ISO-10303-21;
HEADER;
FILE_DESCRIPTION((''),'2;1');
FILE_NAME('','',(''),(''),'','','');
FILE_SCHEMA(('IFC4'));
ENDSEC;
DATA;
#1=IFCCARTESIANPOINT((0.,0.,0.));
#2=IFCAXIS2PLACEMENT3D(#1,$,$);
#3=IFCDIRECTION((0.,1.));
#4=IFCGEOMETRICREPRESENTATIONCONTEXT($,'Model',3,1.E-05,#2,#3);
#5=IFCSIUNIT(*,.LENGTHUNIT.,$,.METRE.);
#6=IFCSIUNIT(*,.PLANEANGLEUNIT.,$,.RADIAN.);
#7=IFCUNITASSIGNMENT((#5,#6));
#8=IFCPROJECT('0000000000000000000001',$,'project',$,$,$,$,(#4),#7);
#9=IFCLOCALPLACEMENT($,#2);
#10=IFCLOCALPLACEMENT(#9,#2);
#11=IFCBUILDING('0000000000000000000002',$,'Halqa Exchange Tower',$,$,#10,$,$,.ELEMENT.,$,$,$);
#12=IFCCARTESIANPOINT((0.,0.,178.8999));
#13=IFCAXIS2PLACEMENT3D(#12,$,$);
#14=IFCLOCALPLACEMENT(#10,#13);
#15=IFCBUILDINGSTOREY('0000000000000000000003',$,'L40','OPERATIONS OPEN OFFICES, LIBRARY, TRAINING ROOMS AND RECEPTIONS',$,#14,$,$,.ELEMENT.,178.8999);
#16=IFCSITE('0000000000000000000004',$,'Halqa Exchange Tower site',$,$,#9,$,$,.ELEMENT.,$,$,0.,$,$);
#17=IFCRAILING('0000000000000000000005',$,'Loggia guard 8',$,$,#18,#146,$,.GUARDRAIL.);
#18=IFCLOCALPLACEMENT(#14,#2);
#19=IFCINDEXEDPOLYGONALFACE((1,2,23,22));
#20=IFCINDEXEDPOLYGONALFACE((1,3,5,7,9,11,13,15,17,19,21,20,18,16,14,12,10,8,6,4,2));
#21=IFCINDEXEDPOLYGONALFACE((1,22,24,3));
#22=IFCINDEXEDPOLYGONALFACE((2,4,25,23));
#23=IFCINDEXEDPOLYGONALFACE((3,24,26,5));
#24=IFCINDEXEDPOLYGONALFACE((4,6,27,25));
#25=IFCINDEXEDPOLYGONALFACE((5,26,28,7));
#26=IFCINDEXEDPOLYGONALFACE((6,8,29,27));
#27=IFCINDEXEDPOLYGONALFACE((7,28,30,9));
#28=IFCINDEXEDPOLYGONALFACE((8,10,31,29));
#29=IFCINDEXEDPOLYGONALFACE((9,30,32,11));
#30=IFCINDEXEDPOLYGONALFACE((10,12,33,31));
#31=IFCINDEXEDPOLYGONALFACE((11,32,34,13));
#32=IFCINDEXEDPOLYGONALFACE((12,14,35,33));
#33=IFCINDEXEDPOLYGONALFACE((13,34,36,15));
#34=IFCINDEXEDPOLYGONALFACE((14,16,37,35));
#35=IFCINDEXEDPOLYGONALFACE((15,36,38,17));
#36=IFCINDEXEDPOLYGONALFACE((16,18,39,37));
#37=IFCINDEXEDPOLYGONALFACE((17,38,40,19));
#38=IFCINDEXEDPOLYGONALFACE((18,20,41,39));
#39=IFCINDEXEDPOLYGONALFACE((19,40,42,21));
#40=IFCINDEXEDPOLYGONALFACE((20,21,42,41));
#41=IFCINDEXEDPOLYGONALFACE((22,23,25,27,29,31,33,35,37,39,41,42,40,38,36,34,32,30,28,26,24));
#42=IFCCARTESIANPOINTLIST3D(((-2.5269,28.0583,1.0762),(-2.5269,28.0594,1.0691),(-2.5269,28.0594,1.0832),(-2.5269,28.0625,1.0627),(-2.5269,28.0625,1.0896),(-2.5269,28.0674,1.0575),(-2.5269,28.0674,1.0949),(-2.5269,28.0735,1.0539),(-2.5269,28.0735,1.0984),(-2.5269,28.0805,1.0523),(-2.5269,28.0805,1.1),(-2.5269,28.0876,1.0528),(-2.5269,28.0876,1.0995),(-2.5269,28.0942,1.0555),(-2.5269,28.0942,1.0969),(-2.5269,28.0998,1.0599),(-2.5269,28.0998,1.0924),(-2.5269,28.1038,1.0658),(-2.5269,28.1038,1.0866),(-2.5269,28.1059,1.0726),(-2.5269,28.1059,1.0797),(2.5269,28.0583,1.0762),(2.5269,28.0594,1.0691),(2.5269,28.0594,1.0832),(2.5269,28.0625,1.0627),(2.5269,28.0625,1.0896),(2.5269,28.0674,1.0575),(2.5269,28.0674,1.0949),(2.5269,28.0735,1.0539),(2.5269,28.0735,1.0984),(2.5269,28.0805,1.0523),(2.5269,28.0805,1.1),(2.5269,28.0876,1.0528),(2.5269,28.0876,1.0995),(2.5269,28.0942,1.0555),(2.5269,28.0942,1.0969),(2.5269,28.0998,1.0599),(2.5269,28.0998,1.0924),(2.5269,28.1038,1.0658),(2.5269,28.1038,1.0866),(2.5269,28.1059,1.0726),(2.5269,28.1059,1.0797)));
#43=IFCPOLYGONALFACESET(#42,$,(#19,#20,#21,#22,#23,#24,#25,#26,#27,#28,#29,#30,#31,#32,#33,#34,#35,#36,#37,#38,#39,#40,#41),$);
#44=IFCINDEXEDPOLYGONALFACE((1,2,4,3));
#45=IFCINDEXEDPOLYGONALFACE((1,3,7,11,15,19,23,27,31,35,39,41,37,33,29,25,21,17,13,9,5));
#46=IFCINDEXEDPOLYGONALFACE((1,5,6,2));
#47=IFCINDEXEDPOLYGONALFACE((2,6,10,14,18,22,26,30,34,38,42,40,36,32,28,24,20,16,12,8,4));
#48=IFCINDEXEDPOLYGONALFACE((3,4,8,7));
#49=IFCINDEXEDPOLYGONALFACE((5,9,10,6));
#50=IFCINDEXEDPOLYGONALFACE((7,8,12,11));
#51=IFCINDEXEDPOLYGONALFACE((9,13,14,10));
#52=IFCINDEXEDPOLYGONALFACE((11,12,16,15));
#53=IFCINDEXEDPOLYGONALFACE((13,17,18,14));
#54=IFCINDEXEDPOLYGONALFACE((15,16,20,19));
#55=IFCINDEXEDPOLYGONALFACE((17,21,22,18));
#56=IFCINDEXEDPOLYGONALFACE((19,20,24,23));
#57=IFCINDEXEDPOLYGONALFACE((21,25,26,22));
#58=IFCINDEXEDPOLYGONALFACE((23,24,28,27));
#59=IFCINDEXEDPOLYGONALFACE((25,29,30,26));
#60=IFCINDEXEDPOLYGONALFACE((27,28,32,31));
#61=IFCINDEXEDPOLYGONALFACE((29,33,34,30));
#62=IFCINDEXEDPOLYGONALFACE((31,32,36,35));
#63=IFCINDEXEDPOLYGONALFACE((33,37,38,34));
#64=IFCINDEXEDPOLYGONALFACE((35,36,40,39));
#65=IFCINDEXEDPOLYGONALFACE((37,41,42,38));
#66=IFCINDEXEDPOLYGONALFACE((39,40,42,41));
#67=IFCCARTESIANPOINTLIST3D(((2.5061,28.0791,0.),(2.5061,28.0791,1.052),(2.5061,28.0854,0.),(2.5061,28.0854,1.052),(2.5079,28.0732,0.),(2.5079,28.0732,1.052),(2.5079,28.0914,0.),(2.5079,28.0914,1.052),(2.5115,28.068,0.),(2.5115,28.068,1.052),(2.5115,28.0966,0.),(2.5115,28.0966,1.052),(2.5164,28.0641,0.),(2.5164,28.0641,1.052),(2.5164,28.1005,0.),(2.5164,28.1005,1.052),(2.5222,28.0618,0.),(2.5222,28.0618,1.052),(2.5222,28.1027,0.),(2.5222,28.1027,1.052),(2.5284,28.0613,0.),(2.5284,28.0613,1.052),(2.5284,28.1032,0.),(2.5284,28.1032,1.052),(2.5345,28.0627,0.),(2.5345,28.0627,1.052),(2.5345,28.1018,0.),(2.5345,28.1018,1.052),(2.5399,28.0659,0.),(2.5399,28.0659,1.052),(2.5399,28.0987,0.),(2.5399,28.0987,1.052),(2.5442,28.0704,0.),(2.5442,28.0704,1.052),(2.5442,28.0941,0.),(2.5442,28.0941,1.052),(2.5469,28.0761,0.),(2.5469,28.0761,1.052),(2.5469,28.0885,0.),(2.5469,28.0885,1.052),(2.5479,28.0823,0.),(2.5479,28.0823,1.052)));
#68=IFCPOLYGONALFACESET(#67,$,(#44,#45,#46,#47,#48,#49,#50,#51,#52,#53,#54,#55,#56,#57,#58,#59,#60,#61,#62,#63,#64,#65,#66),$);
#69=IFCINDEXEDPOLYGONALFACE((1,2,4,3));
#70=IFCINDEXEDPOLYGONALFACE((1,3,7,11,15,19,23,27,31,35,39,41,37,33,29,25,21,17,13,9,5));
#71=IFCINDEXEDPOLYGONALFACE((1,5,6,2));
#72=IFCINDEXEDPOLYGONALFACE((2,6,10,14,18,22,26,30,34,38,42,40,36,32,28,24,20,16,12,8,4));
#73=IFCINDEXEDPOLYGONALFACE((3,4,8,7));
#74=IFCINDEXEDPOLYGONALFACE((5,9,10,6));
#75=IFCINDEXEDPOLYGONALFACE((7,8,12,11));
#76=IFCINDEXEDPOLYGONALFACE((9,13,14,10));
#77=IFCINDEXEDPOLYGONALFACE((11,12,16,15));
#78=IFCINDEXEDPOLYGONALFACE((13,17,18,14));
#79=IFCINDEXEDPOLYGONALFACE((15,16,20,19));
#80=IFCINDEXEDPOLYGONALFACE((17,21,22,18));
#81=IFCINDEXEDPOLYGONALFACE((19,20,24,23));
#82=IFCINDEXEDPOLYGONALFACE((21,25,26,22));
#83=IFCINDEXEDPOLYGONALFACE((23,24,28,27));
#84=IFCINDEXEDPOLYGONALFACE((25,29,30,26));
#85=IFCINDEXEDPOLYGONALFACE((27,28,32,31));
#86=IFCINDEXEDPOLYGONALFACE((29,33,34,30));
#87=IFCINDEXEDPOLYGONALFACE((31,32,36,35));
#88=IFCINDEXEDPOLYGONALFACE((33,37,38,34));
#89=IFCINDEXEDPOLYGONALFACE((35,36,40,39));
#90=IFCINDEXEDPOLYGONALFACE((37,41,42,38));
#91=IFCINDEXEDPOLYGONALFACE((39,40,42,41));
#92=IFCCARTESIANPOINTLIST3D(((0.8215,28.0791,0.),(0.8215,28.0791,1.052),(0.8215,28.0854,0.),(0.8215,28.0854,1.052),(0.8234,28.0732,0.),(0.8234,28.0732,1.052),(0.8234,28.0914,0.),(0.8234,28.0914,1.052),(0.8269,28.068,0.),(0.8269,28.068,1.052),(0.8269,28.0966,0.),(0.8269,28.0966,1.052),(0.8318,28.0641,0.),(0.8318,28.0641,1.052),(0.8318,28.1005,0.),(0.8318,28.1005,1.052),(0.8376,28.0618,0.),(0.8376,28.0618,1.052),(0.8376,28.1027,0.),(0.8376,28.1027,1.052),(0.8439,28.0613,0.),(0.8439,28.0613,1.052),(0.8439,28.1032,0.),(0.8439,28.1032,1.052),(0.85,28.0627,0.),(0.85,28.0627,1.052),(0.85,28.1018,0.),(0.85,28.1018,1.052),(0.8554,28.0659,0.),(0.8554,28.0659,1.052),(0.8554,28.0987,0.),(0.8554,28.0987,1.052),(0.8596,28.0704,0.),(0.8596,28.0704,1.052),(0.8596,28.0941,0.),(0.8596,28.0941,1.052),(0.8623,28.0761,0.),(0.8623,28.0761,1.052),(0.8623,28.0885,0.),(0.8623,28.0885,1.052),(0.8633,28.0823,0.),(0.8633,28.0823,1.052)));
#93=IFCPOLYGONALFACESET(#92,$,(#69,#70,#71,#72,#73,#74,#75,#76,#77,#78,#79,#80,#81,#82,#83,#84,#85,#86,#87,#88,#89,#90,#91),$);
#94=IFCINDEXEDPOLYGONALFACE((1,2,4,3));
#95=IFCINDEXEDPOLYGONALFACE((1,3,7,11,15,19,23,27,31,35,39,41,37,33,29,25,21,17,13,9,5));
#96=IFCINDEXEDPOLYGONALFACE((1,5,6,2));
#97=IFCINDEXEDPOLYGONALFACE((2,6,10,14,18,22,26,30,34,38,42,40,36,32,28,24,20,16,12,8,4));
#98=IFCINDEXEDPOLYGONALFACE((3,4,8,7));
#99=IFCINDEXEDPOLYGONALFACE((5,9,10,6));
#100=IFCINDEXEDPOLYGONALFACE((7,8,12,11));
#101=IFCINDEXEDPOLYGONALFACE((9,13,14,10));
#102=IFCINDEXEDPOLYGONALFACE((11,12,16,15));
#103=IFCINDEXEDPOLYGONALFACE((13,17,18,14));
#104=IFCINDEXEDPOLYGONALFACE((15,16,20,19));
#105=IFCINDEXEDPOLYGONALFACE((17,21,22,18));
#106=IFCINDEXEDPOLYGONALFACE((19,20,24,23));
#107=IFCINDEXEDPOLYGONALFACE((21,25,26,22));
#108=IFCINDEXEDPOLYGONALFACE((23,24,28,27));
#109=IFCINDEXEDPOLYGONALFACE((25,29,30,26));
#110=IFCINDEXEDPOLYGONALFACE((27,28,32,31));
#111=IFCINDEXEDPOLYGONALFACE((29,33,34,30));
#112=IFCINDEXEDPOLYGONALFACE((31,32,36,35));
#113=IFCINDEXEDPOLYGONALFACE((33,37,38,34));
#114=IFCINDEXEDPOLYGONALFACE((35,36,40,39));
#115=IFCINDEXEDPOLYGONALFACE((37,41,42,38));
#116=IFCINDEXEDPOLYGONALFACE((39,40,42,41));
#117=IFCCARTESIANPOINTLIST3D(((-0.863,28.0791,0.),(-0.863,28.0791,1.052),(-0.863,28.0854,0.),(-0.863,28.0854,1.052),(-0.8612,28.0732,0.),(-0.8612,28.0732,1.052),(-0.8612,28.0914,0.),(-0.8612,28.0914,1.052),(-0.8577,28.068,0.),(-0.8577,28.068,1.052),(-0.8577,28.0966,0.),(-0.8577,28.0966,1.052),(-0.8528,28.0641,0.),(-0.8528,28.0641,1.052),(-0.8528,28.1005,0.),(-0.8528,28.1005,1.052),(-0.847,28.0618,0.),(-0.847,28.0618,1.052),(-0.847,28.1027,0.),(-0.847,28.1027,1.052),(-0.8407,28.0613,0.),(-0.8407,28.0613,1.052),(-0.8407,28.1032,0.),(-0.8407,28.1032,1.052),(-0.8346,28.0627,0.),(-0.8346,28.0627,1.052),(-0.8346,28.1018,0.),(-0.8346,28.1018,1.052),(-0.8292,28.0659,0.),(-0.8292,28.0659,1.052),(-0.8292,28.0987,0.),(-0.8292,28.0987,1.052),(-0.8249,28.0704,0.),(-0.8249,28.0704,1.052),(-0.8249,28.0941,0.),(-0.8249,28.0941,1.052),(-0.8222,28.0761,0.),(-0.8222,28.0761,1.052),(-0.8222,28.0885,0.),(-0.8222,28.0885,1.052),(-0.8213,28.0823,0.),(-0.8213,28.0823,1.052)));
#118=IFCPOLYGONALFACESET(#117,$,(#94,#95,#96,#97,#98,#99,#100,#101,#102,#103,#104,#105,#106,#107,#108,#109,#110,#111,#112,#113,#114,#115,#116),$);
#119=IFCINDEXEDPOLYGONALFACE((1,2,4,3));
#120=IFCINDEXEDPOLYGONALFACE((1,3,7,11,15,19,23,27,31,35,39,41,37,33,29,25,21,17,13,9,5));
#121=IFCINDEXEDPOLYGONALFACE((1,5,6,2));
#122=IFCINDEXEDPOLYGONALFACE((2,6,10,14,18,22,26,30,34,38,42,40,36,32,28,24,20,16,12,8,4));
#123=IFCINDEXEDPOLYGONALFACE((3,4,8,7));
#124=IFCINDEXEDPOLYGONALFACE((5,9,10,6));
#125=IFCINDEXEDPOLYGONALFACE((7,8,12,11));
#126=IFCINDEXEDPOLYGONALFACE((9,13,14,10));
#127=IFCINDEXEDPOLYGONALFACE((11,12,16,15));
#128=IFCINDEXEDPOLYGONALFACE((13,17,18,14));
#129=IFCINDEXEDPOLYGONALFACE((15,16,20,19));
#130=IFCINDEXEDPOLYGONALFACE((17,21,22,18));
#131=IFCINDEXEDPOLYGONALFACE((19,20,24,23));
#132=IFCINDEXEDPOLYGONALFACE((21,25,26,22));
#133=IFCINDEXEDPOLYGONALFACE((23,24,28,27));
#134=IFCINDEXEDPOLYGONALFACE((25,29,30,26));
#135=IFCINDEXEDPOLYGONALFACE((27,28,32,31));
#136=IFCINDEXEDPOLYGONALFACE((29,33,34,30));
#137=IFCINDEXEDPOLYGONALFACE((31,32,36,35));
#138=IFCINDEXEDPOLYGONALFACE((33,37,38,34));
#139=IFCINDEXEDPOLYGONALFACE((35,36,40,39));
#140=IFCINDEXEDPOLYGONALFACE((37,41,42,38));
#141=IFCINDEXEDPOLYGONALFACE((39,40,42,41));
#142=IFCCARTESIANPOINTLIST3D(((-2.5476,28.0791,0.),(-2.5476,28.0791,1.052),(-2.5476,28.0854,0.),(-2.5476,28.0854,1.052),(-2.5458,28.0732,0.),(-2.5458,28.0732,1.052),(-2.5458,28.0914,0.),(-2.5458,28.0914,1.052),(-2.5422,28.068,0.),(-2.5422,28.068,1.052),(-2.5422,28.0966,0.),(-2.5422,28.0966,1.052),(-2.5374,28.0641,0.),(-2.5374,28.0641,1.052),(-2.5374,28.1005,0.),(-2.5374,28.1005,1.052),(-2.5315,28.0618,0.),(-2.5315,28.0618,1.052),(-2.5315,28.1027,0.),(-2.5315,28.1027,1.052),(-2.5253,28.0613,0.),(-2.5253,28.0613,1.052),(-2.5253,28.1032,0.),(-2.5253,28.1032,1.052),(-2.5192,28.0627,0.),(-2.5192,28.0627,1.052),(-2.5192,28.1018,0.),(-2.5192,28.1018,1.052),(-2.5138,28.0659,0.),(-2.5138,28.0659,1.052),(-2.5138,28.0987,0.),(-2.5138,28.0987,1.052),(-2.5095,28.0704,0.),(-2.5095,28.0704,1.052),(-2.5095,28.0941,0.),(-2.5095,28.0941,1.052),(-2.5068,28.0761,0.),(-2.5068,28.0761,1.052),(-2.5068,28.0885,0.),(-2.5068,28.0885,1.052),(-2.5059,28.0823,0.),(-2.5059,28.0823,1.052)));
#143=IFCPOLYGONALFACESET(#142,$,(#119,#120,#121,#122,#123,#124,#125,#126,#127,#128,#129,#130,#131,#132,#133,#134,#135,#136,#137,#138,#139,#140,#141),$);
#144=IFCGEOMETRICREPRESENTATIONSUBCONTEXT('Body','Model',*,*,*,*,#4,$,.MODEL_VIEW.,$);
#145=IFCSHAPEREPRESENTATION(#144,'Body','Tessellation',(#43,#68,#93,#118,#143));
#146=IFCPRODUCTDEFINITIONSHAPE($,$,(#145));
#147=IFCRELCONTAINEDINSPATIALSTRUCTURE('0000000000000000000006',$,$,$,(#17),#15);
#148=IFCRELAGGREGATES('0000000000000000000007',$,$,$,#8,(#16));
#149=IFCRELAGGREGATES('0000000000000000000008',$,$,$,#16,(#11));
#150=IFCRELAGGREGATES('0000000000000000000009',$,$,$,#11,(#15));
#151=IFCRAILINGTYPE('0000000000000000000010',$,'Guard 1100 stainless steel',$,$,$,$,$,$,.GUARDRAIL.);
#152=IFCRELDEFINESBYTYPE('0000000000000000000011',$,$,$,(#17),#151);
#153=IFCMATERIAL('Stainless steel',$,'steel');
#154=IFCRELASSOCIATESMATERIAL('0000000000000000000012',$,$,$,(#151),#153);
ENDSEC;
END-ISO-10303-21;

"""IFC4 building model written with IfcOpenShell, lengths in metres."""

from ifc_helpers import new_model, si_unit, direction, frame, origin, origin_2d, place, context, subcontext, project, spatial, circle, extrude, material, type_object, element, save


model = new_model("IFC4")

# Units and contexts
model_context = context("Model", 3, precision=1e-05, world=origin(), true_north=direction((0.0, 1.0)))
body_context = subcontext(model_context, "Body", "Model", "MODEL_VIEW")
ifc_project = project(units=[si_unit("LENGTHUNIT", "METRE"), si_unit("PLANEANGLEUNIT", "RADIAN")], contexts=[model_context])

# Site, building, storey
site_placement = place(None, origin())
site = spatial("IfcSite", under=ifc_project, at=site_placement, Name="Halqa Exchange Tower site", CompositionType="ELEMENT", RefElevation=0.0)
building_placement = place(site_placement, origin())
building = spatial("IfcBuilding", under=site, at=building_placement, Name="Halqa Exchange Tower", CompositionType="ELEMENT")
storey_placement = place(building_placement, frame((0.0, 0.0, 178.8999)))
storey = spatial("IfcBuildingStorey", under=building, at=storey_placement, Name="L40", Description="OPERATIONS OPEN OFFICES, LIBRARY, TRAINING ROOMS AND RECEPTIONS", CompositionType="ELEMENT", Elevation=178.8999)

# Railing
ifc_material_1 = material(Name="Stainless steel", Category="steel")
railing_type_1 = type_object("IfcRailingType", Name="Guard 1100 stainless steel", PredefinedType="GUARDRAIL", material=ifc_material_1)
railing_1_placement = place(storey_placement, frame((2.5269, 28.0823, 0.0)))
element("IfcRailing", 1, at=railing_1_placement, inside=storey, type_object=railing_type_1, Name="Loggia guard 8", PredefinedType="GUARDRAIL", context=body_context, shape_type="SweptSolid", body=[
    extrude(circle(Radius=0.0239, at=origin_2d()), frame((0.0, 0.0, 1.0762), z_axis=(-1.0, 0.0, 0.0), x_axis=(0.0, -1.0, 0.0)), (0.0, 0.0, 1.0), 5.0537),
    extrude(circle(Radius=0.021, at=origin_2d()), origin(), (0.0, 0.0, 1.0), 1.052),
    extrude(circle(Radius=0.021, at=origin_2d()), frame((-1.6846, 0.0, 0.0)), (0.0, 0.0, 1.0), 1.052),
    extrude(circle(Radius=0.021, at=origin_2d()), frame((-3.3691, 0.0, 0.0)), (0.0, 0.0, 1.0), 1.052),
    extrude(circle(Radius=0.021, at=origin_2d()), frame((-5.0537, 0.0, 0.0)), (0.0, 0.0, 1.0), 1.052),
])

save(model, "model.ifc")
